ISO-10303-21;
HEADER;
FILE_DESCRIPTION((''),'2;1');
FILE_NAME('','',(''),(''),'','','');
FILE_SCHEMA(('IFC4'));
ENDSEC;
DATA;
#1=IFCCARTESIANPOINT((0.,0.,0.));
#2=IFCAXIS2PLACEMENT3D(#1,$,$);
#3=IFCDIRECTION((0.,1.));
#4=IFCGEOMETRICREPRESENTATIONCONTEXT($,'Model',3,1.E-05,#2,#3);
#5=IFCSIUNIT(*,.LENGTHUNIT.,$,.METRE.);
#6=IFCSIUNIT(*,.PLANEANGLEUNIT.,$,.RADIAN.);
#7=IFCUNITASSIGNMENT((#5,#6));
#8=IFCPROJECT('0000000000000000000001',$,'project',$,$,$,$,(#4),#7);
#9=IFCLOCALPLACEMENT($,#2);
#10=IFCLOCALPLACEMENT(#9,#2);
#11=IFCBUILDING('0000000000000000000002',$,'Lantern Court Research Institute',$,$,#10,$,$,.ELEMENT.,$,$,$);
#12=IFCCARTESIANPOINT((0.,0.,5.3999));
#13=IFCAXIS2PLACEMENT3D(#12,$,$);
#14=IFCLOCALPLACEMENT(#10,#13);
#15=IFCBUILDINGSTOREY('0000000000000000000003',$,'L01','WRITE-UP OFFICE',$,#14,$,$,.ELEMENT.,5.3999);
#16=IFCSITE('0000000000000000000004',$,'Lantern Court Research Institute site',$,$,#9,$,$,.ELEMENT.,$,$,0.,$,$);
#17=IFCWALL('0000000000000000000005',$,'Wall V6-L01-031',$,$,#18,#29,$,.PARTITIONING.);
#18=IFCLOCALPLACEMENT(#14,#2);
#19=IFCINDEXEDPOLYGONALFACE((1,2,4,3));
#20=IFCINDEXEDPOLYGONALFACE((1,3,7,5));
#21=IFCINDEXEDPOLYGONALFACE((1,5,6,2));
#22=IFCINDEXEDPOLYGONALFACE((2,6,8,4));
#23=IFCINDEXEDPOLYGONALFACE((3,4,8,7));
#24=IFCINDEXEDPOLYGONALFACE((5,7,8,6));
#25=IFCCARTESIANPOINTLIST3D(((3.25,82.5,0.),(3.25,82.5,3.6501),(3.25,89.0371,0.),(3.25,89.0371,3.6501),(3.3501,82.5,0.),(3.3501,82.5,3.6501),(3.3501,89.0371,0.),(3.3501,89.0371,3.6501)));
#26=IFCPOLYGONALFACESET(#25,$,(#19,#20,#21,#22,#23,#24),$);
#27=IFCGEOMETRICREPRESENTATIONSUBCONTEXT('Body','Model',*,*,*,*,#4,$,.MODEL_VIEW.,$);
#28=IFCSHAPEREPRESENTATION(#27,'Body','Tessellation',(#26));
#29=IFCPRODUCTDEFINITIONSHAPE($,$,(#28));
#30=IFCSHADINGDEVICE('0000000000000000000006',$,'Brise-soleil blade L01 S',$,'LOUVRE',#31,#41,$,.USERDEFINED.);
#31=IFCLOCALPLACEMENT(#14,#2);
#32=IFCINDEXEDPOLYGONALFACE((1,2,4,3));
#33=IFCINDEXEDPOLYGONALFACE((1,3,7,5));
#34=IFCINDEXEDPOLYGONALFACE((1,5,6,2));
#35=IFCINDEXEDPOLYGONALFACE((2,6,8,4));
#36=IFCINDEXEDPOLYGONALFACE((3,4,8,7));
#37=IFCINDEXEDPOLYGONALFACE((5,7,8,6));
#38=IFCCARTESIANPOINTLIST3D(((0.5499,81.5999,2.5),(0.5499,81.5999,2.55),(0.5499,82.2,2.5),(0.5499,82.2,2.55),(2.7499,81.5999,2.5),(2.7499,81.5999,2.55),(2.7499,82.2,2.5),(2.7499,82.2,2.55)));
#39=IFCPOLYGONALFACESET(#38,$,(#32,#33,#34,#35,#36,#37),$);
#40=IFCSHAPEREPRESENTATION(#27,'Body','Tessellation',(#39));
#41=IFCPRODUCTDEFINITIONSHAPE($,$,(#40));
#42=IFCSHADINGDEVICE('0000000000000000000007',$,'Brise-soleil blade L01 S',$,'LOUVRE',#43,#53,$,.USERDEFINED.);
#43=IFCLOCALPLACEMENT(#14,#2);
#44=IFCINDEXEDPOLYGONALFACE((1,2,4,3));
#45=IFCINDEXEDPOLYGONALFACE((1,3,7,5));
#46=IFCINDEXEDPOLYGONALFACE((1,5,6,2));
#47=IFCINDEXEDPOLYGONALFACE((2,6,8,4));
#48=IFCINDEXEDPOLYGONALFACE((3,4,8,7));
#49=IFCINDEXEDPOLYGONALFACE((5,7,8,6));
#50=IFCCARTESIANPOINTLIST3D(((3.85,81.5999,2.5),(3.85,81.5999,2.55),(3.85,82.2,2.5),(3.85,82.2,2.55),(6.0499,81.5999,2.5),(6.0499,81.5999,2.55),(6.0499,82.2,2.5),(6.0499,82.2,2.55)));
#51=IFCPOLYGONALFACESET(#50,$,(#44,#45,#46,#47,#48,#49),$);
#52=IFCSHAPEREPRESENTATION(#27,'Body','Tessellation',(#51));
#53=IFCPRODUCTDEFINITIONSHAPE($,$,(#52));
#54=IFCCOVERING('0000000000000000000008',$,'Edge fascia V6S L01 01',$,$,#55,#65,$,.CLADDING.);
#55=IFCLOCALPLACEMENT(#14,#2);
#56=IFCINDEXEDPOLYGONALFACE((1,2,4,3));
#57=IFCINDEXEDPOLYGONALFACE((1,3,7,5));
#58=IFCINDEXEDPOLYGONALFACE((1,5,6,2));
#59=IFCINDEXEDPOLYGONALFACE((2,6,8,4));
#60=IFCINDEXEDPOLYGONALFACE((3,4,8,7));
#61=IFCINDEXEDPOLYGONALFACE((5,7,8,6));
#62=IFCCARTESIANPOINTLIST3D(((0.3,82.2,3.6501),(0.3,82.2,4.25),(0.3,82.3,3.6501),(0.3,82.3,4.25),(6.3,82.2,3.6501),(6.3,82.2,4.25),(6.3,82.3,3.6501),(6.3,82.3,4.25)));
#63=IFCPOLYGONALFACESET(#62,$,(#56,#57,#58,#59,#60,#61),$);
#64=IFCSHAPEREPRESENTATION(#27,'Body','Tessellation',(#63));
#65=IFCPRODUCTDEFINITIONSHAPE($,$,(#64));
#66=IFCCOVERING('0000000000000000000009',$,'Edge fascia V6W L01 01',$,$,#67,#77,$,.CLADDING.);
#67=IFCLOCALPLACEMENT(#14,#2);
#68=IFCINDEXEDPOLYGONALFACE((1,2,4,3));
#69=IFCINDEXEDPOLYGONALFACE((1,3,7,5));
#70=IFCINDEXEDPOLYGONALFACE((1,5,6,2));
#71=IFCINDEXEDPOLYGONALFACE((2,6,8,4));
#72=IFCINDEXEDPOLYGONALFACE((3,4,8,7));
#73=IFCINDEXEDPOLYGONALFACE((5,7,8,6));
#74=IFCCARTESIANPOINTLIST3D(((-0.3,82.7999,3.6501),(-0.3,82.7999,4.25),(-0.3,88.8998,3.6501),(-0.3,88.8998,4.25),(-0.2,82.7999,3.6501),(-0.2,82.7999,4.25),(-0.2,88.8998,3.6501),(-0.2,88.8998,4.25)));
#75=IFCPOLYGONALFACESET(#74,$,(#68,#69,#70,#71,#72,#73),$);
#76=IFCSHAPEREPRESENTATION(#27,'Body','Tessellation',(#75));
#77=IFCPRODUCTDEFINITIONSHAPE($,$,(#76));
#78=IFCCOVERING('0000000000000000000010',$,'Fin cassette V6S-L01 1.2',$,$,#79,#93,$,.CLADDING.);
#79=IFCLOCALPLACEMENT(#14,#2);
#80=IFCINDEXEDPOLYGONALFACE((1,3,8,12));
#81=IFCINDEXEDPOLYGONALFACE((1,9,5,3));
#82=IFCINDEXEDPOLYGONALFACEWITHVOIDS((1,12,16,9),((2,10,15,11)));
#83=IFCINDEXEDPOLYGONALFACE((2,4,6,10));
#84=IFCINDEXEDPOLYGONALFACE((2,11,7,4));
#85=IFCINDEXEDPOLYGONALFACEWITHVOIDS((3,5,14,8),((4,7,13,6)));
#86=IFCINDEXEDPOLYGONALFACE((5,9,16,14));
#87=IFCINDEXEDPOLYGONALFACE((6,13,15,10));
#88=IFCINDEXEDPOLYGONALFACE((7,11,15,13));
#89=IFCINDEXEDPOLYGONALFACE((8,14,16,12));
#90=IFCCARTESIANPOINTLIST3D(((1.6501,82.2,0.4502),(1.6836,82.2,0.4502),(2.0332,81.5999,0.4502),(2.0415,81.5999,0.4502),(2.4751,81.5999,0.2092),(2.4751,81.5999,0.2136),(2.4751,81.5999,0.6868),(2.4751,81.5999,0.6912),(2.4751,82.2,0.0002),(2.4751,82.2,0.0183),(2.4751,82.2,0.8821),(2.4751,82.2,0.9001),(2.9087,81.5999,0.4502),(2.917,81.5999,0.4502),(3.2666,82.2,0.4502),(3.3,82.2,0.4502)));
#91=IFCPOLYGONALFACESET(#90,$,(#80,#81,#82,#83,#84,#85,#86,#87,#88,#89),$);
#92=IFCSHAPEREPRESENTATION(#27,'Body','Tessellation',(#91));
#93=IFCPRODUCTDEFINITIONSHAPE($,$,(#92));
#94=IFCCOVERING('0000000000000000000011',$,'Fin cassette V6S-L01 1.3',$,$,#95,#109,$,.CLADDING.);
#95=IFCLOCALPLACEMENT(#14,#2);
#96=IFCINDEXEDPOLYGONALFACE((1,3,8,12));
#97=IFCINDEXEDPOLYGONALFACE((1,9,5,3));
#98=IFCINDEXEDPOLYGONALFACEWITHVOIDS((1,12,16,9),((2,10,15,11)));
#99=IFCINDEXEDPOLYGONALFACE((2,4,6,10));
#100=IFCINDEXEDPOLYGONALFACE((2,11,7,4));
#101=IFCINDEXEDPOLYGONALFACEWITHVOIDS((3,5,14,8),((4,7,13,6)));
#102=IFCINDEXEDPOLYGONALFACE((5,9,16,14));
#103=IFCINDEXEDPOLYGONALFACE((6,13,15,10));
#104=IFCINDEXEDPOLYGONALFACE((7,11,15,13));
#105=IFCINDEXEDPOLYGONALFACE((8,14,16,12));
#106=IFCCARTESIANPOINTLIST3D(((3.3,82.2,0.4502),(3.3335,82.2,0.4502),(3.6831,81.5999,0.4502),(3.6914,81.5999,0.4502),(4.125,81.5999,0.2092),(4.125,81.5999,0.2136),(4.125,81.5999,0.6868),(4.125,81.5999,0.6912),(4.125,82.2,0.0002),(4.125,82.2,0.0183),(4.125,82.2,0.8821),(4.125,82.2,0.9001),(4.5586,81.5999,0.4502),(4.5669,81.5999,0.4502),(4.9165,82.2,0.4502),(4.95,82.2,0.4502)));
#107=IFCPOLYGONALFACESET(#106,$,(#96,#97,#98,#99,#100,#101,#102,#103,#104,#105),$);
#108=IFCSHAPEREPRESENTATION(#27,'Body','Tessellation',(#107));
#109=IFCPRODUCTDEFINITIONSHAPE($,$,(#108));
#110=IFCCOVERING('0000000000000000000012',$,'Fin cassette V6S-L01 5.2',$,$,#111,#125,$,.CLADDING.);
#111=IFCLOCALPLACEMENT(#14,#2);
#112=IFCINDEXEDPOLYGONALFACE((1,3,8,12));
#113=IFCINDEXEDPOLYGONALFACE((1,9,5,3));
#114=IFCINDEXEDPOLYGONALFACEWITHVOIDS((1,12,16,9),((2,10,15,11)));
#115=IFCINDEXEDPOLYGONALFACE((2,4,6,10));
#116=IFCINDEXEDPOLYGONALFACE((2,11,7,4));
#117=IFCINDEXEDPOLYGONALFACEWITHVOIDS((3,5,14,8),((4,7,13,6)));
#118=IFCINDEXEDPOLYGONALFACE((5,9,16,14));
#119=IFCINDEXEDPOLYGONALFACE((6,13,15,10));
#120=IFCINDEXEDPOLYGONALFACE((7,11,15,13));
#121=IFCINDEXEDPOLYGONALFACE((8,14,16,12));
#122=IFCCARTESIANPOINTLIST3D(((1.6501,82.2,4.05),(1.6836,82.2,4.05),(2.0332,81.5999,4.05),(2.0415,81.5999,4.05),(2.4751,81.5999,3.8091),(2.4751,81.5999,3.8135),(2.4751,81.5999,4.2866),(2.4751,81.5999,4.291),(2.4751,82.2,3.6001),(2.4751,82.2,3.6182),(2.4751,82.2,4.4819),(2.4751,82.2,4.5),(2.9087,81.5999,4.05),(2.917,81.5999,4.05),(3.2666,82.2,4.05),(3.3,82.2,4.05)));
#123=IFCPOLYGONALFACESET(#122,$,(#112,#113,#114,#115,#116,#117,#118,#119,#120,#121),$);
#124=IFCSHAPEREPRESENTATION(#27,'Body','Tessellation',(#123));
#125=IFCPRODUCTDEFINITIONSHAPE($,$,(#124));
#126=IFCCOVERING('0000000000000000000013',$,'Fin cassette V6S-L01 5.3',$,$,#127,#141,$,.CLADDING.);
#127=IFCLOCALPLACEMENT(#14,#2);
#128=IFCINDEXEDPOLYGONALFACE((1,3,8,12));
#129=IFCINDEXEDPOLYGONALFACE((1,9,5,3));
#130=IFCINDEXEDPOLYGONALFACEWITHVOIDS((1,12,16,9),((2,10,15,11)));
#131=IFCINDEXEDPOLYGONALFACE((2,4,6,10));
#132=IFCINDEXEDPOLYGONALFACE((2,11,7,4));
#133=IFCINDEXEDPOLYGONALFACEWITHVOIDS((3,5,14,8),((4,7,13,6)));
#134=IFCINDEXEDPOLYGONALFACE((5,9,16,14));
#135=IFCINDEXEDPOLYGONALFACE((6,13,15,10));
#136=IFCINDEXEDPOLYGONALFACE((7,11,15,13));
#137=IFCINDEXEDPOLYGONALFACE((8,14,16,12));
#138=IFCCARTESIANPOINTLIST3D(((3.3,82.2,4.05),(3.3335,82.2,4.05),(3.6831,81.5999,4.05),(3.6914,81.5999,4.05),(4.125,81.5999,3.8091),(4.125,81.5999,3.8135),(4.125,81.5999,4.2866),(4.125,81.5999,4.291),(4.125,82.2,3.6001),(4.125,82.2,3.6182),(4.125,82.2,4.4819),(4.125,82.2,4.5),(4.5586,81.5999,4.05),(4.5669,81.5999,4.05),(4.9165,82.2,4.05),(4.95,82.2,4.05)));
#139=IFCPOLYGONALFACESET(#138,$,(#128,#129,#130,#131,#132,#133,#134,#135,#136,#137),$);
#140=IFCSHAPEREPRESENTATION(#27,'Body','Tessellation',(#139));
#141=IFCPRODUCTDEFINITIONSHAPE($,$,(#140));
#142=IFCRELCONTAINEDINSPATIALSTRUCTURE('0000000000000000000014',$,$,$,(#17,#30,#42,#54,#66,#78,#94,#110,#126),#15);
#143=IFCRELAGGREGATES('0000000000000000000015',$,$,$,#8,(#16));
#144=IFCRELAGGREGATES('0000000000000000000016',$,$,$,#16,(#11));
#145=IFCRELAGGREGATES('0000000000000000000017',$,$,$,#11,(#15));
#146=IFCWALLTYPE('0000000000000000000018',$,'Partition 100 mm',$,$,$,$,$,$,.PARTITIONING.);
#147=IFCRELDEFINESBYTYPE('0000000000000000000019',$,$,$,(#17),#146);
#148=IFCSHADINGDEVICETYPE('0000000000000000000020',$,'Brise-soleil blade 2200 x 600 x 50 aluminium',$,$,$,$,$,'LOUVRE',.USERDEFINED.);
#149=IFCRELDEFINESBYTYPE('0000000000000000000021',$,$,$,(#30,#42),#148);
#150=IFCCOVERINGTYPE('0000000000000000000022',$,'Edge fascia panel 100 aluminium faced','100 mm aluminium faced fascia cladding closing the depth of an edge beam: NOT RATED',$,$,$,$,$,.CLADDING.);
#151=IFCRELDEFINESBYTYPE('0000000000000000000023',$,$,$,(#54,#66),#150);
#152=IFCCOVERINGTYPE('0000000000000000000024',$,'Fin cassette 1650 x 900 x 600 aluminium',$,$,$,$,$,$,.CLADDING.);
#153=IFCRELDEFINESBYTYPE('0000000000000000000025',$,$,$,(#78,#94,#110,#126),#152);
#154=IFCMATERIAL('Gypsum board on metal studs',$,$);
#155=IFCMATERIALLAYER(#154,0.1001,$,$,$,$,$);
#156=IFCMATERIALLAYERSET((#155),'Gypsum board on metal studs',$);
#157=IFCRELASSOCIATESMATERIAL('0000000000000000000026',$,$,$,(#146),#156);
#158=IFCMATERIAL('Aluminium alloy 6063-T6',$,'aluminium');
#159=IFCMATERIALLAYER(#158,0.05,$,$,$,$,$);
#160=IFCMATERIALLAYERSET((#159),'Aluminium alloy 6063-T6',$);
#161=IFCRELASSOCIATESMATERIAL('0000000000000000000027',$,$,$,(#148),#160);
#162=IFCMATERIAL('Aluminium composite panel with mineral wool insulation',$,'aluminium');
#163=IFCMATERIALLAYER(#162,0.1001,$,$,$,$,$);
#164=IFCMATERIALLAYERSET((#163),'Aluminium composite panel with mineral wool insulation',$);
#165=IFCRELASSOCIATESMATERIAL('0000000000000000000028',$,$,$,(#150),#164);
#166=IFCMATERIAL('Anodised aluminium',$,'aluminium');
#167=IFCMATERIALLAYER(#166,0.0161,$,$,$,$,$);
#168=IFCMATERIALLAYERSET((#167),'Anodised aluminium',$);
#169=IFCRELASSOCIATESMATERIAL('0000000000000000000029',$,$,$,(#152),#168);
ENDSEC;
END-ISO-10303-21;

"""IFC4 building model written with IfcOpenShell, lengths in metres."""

from ifc_helpers import new_model, entity, si_unit, direction, frame, frame_2d, origin, origin_2d, place, context, subcontext, project, spatial, rectangle, extrude, material, layer, layer_set, type_object, element, save


model = new_model("IFC4")

# Units and contexts
model_context = context("Model", 3, precision=1e-05, world=origin(), true_north=direction((0.0, 1.0)))
body_context = subcontext(model_context, "Body", "Model", "MODEL_VIEW")
ifc_project = project(units=[si_unit("LENGTHUNIT", "METRE"), si_unit("PLANEANGLEUNIT", "RADIAN")], contexts=[model_context])

# Site, building, storey
site_placement = place(None, origin())
site = spatial("IfcSite", under=ifc_project, at=site_placement, Name="Lantern Court Research Institute site", CompositionType="ELEMENT", RefElevation=0.0)
building_placement = place(site_placement, origin())
building = spatial("IfcBuilding", under=site, at=building_placement, Name="Lantern Court Research Institute", CompositionType="ELEMENT")
storey_placement = place(building_placement, frame((0.0, 0.0, 5.3999)))
storey = spatial("IfcBuildingStorey", under=building, at=storey_placement, Name="L01", Description="WRITE-UP OFFICE", CompositionType="ELEMENT", Elevation=5.3999)

# Wall
ifc_material_1 = material(Name="Gypsum board on metal studs")
ifc_layer_1 = layer(ifc_material_1, 0.1001)
ifc_layer_set_1 = layer_set([ifc_layer_1], Name="Gypsum board on metal studs")
wall_type_1 = type_object("IfcWallType", Name="Partition 100 mm", PredefinedType="PARTITIONING", material=ifc_layer_set_1)
wall_1_placement = place(storey_placement, frame((3.3, 82.5, 0.0), z_axis=(0.0, 0.0, 1.0), x_axis=(0.0, 1.0, 0.0)))
element("IfcWall", 1, at=wall_1_placement, inside=storey, type_object=wall_type_1, Name="Wall V6-L01-031", PredefinedType="PARTITIONING", context=body_context, shape_type="SweptSolid", body=[
    extrude(rectangle(XDim=6.5371, YDim=0.1001, at=frame_2d((3.2686, 0.0))), origin(), (0.0, 0.0, 1.0), 3.6501),
])

# Shading devices
ifc_material_2 = material(Name="Aluminium alloy 6063-T6", Category="aluminium")
ifc_layer_2 = layer(ifc_material_2, 0.05)
ifc_layer_set_2 = layer_set([ifc_layer_2], Name="Aluminium alloy 6063-T6")
shading_device_type = type_object("IfcShadingDeviceType", Name="Brise-soleil blade 2200 x 600 x 50 aluminium", ElementType="LOUVRE", PredefinedType="USERDEFINED", material=ifc_layer_set_2)
for number, where, z_axis, x_axis, name in (
    (2, (1.6499, 81.8999, 2.5), (0.0, 0.0, 1.0), (-1.0, 0.0, 0.0), "Brise-soleil blade L01 S"),
    (3, (4.95, 81.8999, 2.5), (0.0, 0.0, 1.0), (-1.0, 0.0, 0.0), "Brise-soleil blade L01 S"),
):
    element("IfcShadingDevice", number, at=place(storey_placement, frame(where, z_axis=z_axis, x_axis=x_axis)), inside=storey, type_object=shading_device_type, Name=name, ObjectType="LOUVRE", PredefinedType="USERDEFINED", context=body_context, shape_type="SweptSolid", body=[
        extrude(rectangle(XDim=2.2, YDim=0.6001, at=origin_2d()), origin(), (0.0, 0.0, 1.0), 0.05),
    ])

# Coverings
ifc_material_3 = material(Name="Aluminium composite panel with mineral wool insulation", Category="aluminium")
ifc_layer_3 = layer(ifc_material_3, 0.1001)
ifc_layer_set_3 = layer_set([ifc_layer_3], Name="Aluminium composite panel with mineral wool insulation")
covering_type_1 = type_object("IfcCoveringType", Name="Edge fascia panel 100 aluminium faced", Description="100 mm aluminium faced fascia cladding closing the depth of an edge beam: NOT RATED", PredefinedType="CLADDING", material=ifc_layer_set_3)
covering_1_placement = place(storey_placement, frame((6.3, 82.25, 3.6501), z_axis=(0.0, 0.0, 1.0), x_axis=(-1.0, 0.0, 0.0)))
element("IfcCovering", 4, at=covering_1_placement, inside=storey, type_object=covering_type_1, Name="Edge fascia V6S L01 01", PredefinedType="CLADDING", context=body_context, shape_type="SweptSolid", body=[
    extrude(rectangle(XDim=6.0, YDim=0.1001, at=frame_2d((3.0, 0.0))), origin(), (0.0, 0.0, 1.0), 0.5999),
])
covering_2_placement = place(storey_placement, frame((-0.25, 82.8, 3.6501), z_axis=(0.0, 0.0, 1.0), x_axis=(0.0, 1.0, 0.0)))
element("IfcCovering", 5, at=covering_2_placement, inside=storey, type_object=covering_type_1, Name="Edge fascia V6W L01 01", PredefinedType="CLADDING", context=body_context, shape_type="SweptSolid", body=[
    extrude(rectangle(XDim=6.0999, YDim=0.1001, at=frame_2d((3.0498, 0.0))), origin(), (0.0, 0.0, 1.0), 0.5999),
])
ifc_material_4 = material(Name="Anodised aluminium", Category="aluminium")
ifc_layer_4 = layer(ifc_material_4, 0.0161)
ifc_layer_set_4 = layer_set([ifc_layer_4], Name="Anodised aluminium")
covering_type_2 = type_object("IfcCoveringType", Name="Fin cassette 1650 x 900 x 600 aluminium", PredefinedType="CLADDING", material=ifc_layer_set_4)
covering_3_placement = place(storey_placement, frame((2.4751, 82.2, 0.4502), z_axis=(0.0, -1.0, 0.0), x_axis=(1.0, 0.0, 0.0)))
cartesian_point_1 = entity("IfcCartesianPoint", [0.825, 0.0])
cartesian_point_2 = entity("IfcCartesianPoint", [0.7915, 0.0])
cartesian_point_3 = entity("IfcCartesianPoint", [0.4419, 0.0])
cartesian_point_4 = entity("IfcCartesianPoint", [0.4336, 0.0])
element("IfcCovering", 6, at=covering_3_placement, inside=storey, type_object=covering_type_2, Name="Fin cassette V6S-L01 1.2", PredefinedType="CLADDING", context=body_context, shape_type="SweptSolid", body=[
    entity("IfcExtrudedAreaSolidTapered", entity("IfcArbitraryProfileDefWithVoids", "AREA", None, entity("IfcPolyline", [cartesian_point_1, entity("IfcCartesianPoint", [0.0, 0.45]), entity("IfcCartesianPoint", [-0.825, 0.0]), entity("IfcCartesianPoint", [0.0, -0.45]), cartesian_point_1]), [entity("IfcPolyline", [cartesian_point_2, entity("IfcCartesianPoint", [0.0, 0.4319]), entity("IfcCartesianPoint", [-0.7915, 0.0]), entity("IfcCartesianPoint", [0.0, -0.4319]), cartesian_point_2])]), entity("IfcAxis2Placement3D", entity("IfcCartesianPoint", [0.0, 0.0, 0.0])), entity("IfcDirection", [0.0, 0.0, 1.0]), 0.6001, entity("IfcArbitraryProfileDefWithVoids", "AREA", None, entity("IfcPolyline", [cartesian_point_3, entity("IfcCartesianPoint", [0.0, 0.241]), entity("IfcCartesianPoint", [-0.4419, 0.0]), entity("IfcCartesianPoint", [0.0, -0.241]), cartesian_point_3]), [entity("IfcPolyline", [cartesian_point_4, entity("IfcCartesianPoint", [0.0, 0.2366]), entity("IfcCartesianPoint", [-0.4336, 0.0]), entity("IfcCartesianPoint", [0.0, -0.2366]), cartesian_point_4])])),
])
covering_4_placement = place(storey_placement, frame((4.125, 82.2, 0.4502), z_axis=(0.0, -1.0, 0.0), x_axis=(1.0, 0.0, 0.0)))
cartesian_point_5 = entity("IfcCartesianPoint", [0.825, 0.0])
cartesian_point_6 = entity("IfcCartesianPoint", [0.7915, 0.0])
cartesian_point_7 = entity("IfcCartesianPoint", [0.4419, 0.0])
cartesian_point_8 = entity("IfcCartesianPoint", [0.4336, 0.0])
element("IfcCovering", 7, at=covering_4_placement, inside=storey, type_object=covering_type_2, Name="Fin cassette V6S-L01 1.3", PredefinedType="CLADDING", context=body_context, shape_type="SweptSolid", body=[
    entity("IfcExtrudedAreaSolidTapered", entity("IfcArbitraryProfileDefWithVoids", "AREA", None, entity("IfcPolyline", [cartesian_point_5, entity("IfcCartesianPoint", [0.0, 0.45]), entity("IfcCartesianPoint", [-0.825, 0.0]), entity("IfcCartesianPoint", [0.0, -0.45]), cartesian_point_5]), [entity("IfcPolyline", [cartesian_point_6, entity("IfcCartesianPoint", [0.0, 0.4319]), entity("IfcCartesianPoint", [-0.7915, 0.0]), entity("IfcCartesianPoint", [0.0, -0.4319]), cartesian_point_6])]), entity("IfcAxis2Placement3D", entity("IfcCartesianPoint", [0.0, 0.0, 0.0])), entity("IfcDirection", [0.0, 0.0, 1.0]), 0.6001, entity("IfcArbitraryProfileDefWithVoids", "AREA", None, entity("IfcPolyline", [cartesian_point_7, entity("IfcCartesianPoint", [0.0, 0.241]), entity("IfcCartesianPoint", [-0.4419, 0.0]), entity("IfcCartesianPoint", [0.0, -0.241]), cartesian_point_7]), [entity("IfcPolyline", [cartesian_point_8, entity("IfcCartesianPoint", [0.0, 0.2366]), entity("IfcCartesianPoint", [-0.4336, 0.0]), entity("IfcCartesianPoint", [0.0, -0.2366]), cartesian_point_8])])),
])
covering_5_placement = place(storey_placement, frame((2.4751, 82.2, 4.05), z_axis=(0.0, -1.0, 0.0), x_axis=(1.0, 0.0, 0.0)))
cartesian_point_9 = entity("IfcCartesianPoint", [0.825, 0.0])
cartesian_point_10 = entity("IfcCartesianPoint", [0.7915, 0.0])
cartesian_point_11 = entity("IfcCartesianPoint", [0.4419, 0.0])
cartesian_point_12 = entity("IfcCartesianPoint", [0.4336, 0.0])
element("IfcCovering", 8, at=covering_5_placement, inside=storey, type_object=covering_type_2, Name="Fin cassette V6S-L01 5.2", PredefinedType="CLADDING", context=body_context, shape_type="SweptSolid", body=[
    entity("IfcExtrudedAreaSolidTapered", entity("IfcArbitraryProfileDefWithVoids", "AREA", None, entity("IfcPolyline", [cartesian_point_9, entity("IfcCartesianPoint", [0.0, 0.45]), entity("IfcCartesianPoint", [-0.825, 0.0]), entity("IfcCartesianPoint", [0.0, -0.45]), cartesian_point_9]), [entity("IfcPolyline", [cartesian_point_10, entity("IfcCartesianPoint", [0.0, 0.4319]), entity("IfcCartesianPoint", [-0.7915, 0.0]), entity("IfcCartesianPoint", [0.0, -0.4319]), cartesian_point_10])]), entity("IfcAxis2Placement3D", entity("IfcCartesianPoint", [0.0, 0.0, 0.0])), entity("IfcDirection", [0.0, 0.0, 1.0]), 0.6001, entity("IfcArbitraryProfileDefWithVoids", "AREA", None, entity("IfcPolyline", [cartesian_point_11, entity("IfcCartesianPoint", [0.0, 0.241]), entity("IfcCartesianPoint", [-0.4419, 0.0]), entity("IfcCartesianPoint", [0.0, -0.241]), cartesian_point_11]), [entity("IfcPolyline", [cartesian_point_12, entity("IfcCartesianPoint", [0.0, 0.2366]), entity("IfcCartesianPoint", [-0.4336, 0.0]), entity("IfcCartesianPoint", [0.0, -0.2366]), cartesian_point_12])])),
])
covering_6_placement = place(storey_placement, frame((4.125, 82.2, 4.05), z_axis=(0.0, -1.0, 0.0), x_axis=(1.0, 0.0, 0.0)))
cartesian_point_13 = entity("IfcCartesianPoint", [0.825, 0.0])
cartesian_point_14 = entity("IfcCartesianPoint", [0.7915, 0.0])
cartesian_point_15 = entity("IfcCartesianPoint", [0.4419, 0.0])
cartesian_point_16 = entity("IfcCartesianPoint", [0.4336, 0.0])
element("IfcCovering", 9, at=covering_6_placement, inside=storey, type_object=covering_type_2, Name="Fin cassette V6S-L01 5.3", PredefinedType="CLADDING", context=body_context, shape_type="SweptSolid", body=[
    entity("IfcExtrudedAreaSolidTapered", entity("IfcArbitraryProfileDefWithVoids", "AREA", None, entity("IfcPolyline", [cartesian_point_13, entity("IfcCartesianPoint", [0.0, 0.45]), entity("IfcCartesianPoint", [-0.825, 0.0]), entity("IfcCartesianPoint", [0.0, -0.45]), cartesian_point_13]), [entity("IfcPolyline", [cartesian_point_14, entity("IfcCartesianPoint", [0.0, 0.4319]), entity("IfcCartesianPoint", [-0.7915, 0.0]), entity("IfcCartesianPoint", [0.0, -0.4319]), cartesian_point_14])]), entity("IfcAxis2Placement3D", entity("IfcCartesianPoint", [0.0, 0.0, 0.0])), entity("IfcDirection", [0.0, 0.0, 1.0]), 0.6001, entity("IfcArbitraryProfileDefWithVoids", "AREA", None, entity("IfcPolyline", [cartesian_point_15, entity("IfcCartesianPoint", [0.0, 0.241]), entity("IfcCartesianPoint", [-0.4419, 0.0]), entity("IfcCartesianPoint", [0.0, -0.241]), cartesian_point_15]), [entity("IfcPolyline", [cartesian_point_16, entity("IfcCartesianPoint", [0.0, 0.2366]), entity("IfcCartesianPoint", [-0.4336, 0.0]), entity("IfcCartesianPoint", [0.0, -0.2366]), cartesian_point_16])])),
])

save(model, "model.ifc")
